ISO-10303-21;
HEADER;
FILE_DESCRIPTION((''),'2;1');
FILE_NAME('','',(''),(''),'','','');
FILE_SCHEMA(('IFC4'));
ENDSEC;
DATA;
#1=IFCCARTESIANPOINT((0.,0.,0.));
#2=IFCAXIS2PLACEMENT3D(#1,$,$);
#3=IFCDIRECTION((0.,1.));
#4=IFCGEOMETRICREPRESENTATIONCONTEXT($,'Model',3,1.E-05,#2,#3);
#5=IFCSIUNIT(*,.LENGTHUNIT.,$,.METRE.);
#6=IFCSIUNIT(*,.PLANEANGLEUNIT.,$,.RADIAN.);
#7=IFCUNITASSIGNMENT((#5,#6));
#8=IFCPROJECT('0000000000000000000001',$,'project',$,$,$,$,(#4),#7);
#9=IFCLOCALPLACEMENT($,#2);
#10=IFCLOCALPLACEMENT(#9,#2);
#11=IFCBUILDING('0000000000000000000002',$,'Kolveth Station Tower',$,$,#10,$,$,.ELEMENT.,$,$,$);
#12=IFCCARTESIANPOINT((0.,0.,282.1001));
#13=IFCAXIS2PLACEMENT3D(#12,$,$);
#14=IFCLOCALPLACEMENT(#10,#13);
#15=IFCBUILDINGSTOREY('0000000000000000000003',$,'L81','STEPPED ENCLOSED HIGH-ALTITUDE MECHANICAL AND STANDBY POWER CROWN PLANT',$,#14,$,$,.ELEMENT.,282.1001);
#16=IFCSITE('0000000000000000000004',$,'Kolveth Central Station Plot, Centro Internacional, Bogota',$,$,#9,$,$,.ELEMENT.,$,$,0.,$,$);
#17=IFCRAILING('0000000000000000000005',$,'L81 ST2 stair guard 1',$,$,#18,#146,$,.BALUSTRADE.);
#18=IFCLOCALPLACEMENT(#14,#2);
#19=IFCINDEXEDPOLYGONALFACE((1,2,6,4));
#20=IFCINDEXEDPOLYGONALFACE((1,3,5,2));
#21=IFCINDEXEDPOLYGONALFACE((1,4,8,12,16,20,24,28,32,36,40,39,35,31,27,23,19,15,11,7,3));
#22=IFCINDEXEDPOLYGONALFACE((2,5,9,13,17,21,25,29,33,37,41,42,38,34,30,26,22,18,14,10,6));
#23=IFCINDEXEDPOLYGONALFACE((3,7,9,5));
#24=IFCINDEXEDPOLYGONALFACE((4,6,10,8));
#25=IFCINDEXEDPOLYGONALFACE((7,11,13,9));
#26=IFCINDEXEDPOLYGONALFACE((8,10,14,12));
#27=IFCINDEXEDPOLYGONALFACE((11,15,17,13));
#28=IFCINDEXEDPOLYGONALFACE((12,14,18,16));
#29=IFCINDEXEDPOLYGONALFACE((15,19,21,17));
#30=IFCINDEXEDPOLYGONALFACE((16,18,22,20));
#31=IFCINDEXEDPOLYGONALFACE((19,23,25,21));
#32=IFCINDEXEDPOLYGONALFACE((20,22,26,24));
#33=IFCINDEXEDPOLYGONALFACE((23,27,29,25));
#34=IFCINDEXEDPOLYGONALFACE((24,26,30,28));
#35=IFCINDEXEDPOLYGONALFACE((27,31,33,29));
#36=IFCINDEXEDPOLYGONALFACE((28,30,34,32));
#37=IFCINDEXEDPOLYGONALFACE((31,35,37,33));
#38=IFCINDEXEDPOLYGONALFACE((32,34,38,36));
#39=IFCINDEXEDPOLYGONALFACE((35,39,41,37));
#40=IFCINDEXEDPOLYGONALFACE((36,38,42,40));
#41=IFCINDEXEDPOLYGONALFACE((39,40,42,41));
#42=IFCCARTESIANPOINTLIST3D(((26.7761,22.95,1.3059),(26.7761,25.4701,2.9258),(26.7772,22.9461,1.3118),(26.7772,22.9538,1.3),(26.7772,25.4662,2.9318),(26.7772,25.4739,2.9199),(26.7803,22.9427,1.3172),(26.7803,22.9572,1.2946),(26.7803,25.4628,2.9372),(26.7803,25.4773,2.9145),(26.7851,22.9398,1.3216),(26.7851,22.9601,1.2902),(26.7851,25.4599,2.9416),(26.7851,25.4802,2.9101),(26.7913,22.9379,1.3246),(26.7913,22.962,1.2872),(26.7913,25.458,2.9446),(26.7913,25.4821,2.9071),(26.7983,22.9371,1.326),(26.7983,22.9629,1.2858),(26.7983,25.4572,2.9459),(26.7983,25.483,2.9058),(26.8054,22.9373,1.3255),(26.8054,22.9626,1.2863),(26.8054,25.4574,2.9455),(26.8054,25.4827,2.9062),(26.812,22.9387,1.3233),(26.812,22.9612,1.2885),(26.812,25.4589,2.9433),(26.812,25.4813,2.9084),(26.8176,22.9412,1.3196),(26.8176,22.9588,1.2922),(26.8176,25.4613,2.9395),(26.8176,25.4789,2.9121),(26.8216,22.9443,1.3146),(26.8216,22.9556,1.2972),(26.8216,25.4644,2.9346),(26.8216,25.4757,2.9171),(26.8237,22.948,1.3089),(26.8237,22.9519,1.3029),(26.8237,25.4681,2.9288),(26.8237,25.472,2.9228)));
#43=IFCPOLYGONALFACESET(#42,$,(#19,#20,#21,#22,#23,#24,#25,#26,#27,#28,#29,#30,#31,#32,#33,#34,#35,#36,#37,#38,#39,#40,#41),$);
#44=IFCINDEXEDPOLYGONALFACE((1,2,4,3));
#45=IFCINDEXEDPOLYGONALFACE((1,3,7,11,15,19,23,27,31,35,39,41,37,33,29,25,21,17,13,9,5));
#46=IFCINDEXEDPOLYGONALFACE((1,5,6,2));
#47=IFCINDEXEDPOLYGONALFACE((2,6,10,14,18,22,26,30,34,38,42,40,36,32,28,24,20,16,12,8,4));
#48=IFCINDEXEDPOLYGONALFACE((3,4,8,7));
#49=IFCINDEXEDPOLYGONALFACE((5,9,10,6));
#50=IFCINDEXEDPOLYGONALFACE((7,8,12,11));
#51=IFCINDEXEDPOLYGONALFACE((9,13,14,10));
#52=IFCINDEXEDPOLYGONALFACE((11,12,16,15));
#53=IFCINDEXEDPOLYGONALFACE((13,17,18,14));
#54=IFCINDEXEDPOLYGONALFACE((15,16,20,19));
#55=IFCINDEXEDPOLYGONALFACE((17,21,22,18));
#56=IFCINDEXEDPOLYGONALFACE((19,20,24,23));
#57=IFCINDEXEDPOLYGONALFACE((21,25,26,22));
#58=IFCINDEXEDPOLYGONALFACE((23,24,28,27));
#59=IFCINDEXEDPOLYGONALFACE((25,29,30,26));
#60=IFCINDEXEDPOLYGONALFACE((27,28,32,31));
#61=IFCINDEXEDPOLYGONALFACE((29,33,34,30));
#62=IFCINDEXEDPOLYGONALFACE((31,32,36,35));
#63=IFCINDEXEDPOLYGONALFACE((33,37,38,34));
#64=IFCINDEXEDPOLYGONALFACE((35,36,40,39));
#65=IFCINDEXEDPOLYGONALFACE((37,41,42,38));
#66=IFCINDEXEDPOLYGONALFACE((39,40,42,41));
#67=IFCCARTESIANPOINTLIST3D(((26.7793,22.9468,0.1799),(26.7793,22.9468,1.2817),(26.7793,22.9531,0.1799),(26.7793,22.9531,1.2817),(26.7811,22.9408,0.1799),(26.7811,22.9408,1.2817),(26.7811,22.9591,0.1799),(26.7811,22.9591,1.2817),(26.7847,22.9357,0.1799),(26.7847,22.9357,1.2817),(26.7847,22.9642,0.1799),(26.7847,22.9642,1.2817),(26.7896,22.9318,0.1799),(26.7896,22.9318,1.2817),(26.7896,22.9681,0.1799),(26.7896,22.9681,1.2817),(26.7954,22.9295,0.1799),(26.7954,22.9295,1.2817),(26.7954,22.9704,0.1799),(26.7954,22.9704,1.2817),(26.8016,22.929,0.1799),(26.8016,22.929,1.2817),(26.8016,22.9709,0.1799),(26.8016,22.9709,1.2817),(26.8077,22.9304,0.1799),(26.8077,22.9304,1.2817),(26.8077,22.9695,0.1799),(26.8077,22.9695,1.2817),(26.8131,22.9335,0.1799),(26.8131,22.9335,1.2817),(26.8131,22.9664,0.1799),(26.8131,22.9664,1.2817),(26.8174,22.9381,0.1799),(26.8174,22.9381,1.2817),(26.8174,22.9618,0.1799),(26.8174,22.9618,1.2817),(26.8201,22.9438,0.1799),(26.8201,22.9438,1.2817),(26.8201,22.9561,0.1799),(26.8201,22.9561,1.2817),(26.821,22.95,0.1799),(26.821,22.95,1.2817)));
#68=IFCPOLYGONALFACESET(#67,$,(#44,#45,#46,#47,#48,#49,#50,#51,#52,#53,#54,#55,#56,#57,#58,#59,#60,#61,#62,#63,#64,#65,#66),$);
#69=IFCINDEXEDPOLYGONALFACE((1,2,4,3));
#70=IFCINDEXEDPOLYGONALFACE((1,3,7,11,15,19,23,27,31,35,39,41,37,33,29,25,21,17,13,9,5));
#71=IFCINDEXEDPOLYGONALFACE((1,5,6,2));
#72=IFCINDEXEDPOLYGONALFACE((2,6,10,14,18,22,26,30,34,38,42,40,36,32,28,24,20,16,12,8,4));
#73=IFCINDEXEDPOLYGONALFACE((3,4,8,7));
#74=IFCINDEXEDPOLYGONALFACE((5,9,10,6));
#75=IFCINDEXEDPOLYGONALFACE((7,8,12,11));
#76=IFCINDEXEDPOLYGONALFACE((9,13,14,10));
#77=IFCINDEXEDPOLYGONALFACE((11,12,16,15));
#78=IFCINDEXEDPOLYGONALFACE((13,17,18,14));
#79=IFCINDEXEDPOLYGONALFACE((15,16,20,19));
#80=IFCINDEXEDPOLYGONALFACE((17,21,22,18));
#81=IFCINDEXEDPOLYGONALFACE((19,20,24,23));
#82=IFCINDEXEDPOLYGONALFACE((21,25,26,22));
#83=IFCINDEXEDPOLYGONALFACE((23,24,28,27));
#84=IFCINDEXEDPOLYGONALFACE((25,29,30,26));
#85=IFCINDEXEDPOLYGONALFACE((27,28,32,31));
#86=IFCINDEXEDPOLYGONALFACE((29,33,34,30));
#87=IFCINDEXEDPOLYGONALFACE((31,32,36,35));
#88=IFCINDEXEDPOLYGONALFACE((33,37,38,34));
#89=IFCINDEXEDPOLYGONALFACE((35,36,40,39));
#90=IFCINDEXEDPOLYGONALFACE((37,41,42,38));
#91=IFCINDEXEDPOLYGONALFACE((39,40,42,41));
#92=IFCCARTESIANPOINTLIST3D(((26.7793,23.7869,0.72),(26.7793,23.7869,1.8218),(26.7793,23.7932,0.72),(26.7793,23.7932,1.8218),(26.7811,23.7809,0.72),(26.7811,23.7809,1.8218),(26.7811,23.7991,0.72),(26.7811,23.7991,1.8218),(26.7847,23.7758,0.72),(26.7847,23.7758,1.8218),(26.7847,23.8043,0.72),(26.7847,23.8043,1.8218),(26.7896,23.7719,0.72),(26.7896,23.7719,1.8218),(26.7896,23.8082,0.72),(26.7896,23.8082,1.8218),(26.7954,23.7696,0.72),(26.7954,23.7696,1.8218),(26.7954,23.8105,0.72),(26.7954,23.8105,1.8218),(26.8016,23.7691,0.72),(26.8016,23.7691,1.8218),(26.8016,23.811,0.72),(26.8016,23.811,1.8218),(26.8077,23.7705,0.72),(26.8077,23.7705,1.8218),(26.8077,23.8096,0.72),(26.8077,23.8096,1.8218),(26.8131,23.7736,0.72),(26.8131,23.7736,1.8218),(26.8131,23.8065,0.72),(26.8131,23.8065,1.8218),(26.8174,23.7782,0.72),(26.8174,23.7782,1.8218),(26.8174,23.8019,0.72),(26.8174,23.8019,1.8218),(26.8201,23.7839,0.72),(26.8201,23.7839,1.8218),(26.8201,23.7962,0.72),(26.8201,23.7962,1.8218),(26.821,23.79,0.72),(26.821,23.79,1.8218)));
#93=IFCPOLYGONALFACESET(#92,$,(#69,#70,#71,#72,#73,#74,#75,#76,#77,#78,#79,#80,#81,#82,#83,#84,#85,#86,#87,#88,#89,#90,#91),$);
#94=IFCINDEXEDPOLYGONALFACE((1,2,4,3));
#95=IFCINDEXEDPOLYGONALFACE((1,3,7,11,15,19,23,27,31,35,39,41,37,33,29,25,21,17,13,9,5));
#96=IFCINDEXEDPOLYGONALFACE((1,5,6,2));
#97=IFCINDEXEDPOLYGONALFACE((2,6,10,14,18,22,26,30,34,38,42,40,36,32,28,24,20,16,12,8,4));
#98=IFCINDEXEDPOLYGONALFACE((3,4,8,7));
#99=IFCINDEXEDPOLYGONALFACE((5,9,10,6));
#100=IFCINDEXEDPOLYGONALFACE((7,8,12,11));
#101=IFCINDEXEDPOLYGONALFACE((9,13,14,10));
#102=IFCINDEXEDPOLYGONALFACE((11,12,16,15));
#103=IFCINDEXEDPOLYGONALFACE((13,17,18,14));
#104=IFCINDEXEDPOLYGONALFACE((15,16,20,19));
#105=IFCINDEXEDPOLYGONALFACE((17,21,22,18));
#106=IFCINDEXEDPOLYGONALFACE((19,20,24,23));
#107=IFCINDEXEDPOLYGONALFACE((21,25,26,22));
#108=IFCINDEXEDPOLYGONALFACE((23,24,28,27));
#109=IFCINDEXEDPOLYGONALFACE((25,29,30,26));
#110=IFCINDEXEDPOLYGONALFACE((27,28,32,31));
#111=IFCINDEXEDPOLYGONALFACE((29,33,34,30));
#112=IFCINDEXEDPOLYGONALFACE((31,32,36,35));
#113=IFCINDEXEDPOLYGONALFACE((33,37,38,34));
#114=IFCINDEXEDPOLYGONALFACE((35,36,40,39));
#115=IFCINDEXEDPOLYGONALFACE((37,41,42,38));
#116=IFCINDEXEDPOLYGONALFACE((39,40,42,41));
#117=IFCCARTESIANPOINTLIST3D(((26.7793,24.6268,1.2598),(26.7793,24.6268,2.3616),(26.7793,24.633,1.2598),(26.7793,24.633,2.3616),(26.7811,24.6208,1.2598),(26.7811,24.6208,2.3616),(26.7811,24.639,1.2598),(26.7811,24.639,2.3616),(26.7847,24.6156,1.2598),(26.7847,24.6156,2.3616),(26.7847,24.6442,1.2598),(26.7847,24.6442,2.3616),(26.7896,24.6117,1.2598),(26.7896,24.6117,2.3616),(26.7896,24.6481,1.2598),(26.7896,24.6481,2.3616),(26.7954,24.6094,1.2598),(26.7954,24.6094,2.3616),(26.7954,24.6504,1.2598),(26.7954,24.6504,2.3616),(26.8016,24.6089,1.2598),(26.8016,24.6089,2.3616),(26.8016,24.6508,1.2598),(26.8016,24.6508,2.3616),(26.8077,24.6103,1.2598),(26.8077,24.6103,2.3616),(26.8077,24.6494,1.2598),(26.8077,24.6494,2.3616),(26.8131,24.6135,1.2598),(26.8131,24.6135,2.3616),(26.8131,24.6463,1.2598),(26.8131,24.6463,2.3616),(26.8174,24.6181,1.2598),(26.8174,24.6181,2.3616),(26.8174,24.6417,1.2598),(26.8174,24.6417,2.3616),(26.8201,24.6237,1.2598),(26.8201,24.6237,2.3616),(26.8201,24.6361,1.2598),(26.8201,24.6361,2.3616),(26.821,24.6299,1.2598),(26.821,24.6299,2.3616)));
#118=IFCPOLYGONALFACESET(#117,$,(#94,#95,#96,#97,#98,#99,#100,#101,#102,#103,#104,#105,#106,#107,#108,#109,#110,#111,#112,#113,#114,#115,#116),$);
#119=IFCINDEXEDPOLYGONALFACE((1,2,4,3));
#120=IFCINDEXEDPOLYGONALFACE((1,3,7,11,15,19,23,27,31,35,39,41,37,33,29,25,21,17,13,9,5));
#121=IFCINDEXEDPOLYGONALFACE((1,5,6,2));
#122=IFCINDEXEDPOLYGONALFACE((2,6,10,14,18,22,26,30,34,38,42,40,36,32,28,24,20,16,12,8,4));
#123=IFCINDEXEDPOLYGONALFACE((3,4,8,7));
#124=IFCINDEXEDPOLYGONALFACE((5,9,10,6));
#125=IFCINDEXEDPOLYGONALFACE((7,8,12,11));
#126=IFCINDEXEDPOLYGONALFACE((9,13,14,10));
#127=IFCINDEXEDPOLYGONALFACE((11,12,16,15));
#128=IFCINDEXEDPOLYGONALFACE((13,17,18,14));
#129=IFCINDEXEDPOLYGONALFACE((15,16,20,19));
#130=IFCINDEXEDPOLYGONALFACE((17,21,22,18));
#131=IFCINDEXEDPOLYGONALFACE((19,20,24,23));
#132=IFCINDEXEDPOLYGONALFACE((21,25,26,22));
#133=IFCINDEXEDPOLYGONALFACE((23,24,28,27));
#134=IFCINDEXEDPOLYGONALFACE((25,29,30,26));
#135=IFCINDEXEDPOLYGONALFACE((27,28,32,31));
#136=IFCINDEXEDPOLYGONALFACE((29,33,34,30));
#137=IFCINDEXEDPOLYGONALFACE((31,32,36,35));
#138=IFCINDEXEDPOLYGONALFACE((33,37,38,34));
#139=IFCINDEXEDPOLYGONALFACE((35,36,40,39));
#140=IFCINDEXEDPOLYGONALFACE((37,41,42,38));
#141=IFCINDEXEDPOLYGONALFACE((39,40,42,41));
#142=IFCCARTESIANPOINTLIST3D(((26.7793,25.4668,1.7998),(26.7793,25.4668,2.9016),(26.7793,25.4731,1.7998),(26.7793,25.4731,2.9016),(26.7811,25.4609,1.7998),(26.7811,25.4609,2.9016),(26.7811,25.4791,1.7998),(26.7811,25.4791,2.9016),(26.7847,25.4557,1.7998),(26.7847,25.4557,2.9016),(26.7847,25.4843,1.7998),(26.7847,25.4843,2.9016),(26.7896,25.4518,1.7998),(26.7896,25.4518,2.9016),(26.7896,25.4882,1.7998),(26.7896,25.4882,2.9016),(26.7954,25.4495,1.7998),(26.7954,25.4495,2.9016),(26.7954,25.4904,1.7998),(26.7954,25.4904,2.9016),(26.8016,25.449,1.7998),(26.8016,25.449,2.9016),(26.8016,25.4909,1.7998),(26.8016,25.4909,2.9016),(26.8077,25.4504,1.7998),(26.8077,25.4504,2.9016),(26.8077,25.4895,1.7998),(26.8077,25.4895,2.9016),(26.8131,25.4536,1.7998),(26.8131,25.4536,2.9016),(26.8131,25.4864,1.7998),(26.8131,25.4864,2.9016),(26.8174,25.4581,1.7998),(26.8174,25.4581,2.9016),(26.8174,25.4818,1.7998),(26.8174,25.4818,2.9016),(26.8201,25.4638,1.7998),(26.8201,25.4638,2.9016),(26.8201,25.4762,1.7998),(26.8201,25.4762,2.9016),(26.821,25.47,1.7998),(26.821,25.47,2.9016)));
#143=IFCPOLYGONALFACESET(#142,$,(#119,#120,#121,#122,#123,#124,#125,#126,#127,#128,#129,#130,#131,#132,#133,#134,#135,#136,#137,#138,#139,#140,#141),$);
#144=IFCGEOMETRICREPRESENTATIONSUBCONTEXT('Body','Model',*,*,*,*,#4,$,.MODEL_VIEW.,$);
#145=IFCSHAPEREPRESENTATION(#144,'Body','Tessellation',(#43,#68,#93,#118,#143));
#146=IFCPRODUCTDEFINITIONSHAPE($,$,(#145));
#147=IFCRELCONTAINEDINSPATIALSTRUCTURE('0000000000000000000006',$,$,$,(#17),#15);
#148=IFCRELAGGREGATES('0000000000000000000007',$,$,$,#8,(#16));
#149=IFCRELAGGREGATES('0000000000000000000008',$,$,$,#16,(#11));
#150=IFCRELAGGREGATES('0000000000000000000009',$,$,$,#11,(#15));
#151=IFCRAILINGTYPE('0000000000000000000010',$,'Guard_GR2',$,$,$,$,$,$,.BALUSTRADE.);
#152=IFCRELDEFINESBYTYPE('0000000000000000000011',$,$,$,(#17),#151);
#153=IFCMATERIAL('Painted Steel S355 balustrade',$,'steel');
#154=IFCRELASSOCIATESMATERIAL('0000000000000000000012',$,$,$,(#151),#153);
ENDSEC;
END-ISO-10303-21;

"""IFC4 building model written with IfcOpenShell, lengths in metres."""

from ifc_helpers import new_model, si_unit, direction, frame, origin, origin_2d, place, context, subcontext, project, spatial, circle, extrude, material, type_object, element, save


model = new_model("IFC4")

# Units and contexts
model_context = context("Model", 3, precision=1e-05, world=origin(), true_north=direction((0.0, 1.0)))
body_context = subcontext(model_context, "Body", "Model", "MODEL_VIEW")
ifc_project = project(units=[si_unit("LENGTHUNIT", "METRE"), si_unit("PLANEANGLEUNIT", "RADIAN")], contexts=[model_context])

# Site, building, storey
site_placement = place(None, origin())
site = spatial("IfcSite", under=ifc_project, at=site_placement, Name="Kolveth Central Station Plot, Centro Internacional, Bogota", CompositionType="ELEMENT", RefElevation=0.0)
building_placement = place(site_placement, origin())
building = spatial("IfcBuilding", under=site, at=building_placement, Name="Kolveth Station Tower", CompositionType="ELEMENT")
storey_placement = place(building_placement, frame((0.0, 0.0, 282.1001)))
storey = spatial("IfcBuildingStorey", under=building, at=storey_placement, Name="L81", Description="STEPPED ENCLOSED HIGH-ALTITUDE MECHANICAL AND STANDBY POWER CROWN PLANT", CompositionType="ELEMENT", Elevation=282.1001)

# Railing
ifc_material_1 = material(Name="Painted Steel S355 balustrade", Category="steel")
railing_type_1 = type_object("IfcRailingType", Name="Guard_GR2", PredefinedType="BALUSTRADE", material=ifc_material_1)
railing_1_placement = place(storey_placement, frame((26.8, 22.95, 0.1799)))
element("IfcRailing", 1, at=railing_1_placement, inside=storey, type_object=railing_type_1, Name="L81 ST2 stair guard 1", PredefinedType="BALUSTRADE", context=body_context, shape_type="SweptSolid", body=[
    extrude(circle(Radius=0.0239, at=origin_2d()), frame((0.0, 0.0, 1.126), z_axis=(0.0, 0.8412, 0.540725), x_axis=(-1.0, 0.0, 0.0)), (0.0, 0.0, 1.0), 2.9958),
    extrude(circle(Radius=0.021, at=origin_2d()), origin(), (0.0, 0.0, 1.0), 1.1018),
    extrude(circle(Radius=0.021, at=origin_2d()), frame((0.0, 0.8401, 0.54)), (0.0, 0.0, 1.0), 1.1018),
    extrude(circle(Radius=0.021, at=origin_2d()), frame((0.0, 1.6799, 1.0798)), (0.0, 0.0, 1.0), 1.1018),
    extrude(circle(Radius=0.021, at=origin_2d()), frame((0.0, 2.52, 1.6199)), (0.0, 0.0, 1.0), 1.1018),
])

save(model, "model.ifc")
